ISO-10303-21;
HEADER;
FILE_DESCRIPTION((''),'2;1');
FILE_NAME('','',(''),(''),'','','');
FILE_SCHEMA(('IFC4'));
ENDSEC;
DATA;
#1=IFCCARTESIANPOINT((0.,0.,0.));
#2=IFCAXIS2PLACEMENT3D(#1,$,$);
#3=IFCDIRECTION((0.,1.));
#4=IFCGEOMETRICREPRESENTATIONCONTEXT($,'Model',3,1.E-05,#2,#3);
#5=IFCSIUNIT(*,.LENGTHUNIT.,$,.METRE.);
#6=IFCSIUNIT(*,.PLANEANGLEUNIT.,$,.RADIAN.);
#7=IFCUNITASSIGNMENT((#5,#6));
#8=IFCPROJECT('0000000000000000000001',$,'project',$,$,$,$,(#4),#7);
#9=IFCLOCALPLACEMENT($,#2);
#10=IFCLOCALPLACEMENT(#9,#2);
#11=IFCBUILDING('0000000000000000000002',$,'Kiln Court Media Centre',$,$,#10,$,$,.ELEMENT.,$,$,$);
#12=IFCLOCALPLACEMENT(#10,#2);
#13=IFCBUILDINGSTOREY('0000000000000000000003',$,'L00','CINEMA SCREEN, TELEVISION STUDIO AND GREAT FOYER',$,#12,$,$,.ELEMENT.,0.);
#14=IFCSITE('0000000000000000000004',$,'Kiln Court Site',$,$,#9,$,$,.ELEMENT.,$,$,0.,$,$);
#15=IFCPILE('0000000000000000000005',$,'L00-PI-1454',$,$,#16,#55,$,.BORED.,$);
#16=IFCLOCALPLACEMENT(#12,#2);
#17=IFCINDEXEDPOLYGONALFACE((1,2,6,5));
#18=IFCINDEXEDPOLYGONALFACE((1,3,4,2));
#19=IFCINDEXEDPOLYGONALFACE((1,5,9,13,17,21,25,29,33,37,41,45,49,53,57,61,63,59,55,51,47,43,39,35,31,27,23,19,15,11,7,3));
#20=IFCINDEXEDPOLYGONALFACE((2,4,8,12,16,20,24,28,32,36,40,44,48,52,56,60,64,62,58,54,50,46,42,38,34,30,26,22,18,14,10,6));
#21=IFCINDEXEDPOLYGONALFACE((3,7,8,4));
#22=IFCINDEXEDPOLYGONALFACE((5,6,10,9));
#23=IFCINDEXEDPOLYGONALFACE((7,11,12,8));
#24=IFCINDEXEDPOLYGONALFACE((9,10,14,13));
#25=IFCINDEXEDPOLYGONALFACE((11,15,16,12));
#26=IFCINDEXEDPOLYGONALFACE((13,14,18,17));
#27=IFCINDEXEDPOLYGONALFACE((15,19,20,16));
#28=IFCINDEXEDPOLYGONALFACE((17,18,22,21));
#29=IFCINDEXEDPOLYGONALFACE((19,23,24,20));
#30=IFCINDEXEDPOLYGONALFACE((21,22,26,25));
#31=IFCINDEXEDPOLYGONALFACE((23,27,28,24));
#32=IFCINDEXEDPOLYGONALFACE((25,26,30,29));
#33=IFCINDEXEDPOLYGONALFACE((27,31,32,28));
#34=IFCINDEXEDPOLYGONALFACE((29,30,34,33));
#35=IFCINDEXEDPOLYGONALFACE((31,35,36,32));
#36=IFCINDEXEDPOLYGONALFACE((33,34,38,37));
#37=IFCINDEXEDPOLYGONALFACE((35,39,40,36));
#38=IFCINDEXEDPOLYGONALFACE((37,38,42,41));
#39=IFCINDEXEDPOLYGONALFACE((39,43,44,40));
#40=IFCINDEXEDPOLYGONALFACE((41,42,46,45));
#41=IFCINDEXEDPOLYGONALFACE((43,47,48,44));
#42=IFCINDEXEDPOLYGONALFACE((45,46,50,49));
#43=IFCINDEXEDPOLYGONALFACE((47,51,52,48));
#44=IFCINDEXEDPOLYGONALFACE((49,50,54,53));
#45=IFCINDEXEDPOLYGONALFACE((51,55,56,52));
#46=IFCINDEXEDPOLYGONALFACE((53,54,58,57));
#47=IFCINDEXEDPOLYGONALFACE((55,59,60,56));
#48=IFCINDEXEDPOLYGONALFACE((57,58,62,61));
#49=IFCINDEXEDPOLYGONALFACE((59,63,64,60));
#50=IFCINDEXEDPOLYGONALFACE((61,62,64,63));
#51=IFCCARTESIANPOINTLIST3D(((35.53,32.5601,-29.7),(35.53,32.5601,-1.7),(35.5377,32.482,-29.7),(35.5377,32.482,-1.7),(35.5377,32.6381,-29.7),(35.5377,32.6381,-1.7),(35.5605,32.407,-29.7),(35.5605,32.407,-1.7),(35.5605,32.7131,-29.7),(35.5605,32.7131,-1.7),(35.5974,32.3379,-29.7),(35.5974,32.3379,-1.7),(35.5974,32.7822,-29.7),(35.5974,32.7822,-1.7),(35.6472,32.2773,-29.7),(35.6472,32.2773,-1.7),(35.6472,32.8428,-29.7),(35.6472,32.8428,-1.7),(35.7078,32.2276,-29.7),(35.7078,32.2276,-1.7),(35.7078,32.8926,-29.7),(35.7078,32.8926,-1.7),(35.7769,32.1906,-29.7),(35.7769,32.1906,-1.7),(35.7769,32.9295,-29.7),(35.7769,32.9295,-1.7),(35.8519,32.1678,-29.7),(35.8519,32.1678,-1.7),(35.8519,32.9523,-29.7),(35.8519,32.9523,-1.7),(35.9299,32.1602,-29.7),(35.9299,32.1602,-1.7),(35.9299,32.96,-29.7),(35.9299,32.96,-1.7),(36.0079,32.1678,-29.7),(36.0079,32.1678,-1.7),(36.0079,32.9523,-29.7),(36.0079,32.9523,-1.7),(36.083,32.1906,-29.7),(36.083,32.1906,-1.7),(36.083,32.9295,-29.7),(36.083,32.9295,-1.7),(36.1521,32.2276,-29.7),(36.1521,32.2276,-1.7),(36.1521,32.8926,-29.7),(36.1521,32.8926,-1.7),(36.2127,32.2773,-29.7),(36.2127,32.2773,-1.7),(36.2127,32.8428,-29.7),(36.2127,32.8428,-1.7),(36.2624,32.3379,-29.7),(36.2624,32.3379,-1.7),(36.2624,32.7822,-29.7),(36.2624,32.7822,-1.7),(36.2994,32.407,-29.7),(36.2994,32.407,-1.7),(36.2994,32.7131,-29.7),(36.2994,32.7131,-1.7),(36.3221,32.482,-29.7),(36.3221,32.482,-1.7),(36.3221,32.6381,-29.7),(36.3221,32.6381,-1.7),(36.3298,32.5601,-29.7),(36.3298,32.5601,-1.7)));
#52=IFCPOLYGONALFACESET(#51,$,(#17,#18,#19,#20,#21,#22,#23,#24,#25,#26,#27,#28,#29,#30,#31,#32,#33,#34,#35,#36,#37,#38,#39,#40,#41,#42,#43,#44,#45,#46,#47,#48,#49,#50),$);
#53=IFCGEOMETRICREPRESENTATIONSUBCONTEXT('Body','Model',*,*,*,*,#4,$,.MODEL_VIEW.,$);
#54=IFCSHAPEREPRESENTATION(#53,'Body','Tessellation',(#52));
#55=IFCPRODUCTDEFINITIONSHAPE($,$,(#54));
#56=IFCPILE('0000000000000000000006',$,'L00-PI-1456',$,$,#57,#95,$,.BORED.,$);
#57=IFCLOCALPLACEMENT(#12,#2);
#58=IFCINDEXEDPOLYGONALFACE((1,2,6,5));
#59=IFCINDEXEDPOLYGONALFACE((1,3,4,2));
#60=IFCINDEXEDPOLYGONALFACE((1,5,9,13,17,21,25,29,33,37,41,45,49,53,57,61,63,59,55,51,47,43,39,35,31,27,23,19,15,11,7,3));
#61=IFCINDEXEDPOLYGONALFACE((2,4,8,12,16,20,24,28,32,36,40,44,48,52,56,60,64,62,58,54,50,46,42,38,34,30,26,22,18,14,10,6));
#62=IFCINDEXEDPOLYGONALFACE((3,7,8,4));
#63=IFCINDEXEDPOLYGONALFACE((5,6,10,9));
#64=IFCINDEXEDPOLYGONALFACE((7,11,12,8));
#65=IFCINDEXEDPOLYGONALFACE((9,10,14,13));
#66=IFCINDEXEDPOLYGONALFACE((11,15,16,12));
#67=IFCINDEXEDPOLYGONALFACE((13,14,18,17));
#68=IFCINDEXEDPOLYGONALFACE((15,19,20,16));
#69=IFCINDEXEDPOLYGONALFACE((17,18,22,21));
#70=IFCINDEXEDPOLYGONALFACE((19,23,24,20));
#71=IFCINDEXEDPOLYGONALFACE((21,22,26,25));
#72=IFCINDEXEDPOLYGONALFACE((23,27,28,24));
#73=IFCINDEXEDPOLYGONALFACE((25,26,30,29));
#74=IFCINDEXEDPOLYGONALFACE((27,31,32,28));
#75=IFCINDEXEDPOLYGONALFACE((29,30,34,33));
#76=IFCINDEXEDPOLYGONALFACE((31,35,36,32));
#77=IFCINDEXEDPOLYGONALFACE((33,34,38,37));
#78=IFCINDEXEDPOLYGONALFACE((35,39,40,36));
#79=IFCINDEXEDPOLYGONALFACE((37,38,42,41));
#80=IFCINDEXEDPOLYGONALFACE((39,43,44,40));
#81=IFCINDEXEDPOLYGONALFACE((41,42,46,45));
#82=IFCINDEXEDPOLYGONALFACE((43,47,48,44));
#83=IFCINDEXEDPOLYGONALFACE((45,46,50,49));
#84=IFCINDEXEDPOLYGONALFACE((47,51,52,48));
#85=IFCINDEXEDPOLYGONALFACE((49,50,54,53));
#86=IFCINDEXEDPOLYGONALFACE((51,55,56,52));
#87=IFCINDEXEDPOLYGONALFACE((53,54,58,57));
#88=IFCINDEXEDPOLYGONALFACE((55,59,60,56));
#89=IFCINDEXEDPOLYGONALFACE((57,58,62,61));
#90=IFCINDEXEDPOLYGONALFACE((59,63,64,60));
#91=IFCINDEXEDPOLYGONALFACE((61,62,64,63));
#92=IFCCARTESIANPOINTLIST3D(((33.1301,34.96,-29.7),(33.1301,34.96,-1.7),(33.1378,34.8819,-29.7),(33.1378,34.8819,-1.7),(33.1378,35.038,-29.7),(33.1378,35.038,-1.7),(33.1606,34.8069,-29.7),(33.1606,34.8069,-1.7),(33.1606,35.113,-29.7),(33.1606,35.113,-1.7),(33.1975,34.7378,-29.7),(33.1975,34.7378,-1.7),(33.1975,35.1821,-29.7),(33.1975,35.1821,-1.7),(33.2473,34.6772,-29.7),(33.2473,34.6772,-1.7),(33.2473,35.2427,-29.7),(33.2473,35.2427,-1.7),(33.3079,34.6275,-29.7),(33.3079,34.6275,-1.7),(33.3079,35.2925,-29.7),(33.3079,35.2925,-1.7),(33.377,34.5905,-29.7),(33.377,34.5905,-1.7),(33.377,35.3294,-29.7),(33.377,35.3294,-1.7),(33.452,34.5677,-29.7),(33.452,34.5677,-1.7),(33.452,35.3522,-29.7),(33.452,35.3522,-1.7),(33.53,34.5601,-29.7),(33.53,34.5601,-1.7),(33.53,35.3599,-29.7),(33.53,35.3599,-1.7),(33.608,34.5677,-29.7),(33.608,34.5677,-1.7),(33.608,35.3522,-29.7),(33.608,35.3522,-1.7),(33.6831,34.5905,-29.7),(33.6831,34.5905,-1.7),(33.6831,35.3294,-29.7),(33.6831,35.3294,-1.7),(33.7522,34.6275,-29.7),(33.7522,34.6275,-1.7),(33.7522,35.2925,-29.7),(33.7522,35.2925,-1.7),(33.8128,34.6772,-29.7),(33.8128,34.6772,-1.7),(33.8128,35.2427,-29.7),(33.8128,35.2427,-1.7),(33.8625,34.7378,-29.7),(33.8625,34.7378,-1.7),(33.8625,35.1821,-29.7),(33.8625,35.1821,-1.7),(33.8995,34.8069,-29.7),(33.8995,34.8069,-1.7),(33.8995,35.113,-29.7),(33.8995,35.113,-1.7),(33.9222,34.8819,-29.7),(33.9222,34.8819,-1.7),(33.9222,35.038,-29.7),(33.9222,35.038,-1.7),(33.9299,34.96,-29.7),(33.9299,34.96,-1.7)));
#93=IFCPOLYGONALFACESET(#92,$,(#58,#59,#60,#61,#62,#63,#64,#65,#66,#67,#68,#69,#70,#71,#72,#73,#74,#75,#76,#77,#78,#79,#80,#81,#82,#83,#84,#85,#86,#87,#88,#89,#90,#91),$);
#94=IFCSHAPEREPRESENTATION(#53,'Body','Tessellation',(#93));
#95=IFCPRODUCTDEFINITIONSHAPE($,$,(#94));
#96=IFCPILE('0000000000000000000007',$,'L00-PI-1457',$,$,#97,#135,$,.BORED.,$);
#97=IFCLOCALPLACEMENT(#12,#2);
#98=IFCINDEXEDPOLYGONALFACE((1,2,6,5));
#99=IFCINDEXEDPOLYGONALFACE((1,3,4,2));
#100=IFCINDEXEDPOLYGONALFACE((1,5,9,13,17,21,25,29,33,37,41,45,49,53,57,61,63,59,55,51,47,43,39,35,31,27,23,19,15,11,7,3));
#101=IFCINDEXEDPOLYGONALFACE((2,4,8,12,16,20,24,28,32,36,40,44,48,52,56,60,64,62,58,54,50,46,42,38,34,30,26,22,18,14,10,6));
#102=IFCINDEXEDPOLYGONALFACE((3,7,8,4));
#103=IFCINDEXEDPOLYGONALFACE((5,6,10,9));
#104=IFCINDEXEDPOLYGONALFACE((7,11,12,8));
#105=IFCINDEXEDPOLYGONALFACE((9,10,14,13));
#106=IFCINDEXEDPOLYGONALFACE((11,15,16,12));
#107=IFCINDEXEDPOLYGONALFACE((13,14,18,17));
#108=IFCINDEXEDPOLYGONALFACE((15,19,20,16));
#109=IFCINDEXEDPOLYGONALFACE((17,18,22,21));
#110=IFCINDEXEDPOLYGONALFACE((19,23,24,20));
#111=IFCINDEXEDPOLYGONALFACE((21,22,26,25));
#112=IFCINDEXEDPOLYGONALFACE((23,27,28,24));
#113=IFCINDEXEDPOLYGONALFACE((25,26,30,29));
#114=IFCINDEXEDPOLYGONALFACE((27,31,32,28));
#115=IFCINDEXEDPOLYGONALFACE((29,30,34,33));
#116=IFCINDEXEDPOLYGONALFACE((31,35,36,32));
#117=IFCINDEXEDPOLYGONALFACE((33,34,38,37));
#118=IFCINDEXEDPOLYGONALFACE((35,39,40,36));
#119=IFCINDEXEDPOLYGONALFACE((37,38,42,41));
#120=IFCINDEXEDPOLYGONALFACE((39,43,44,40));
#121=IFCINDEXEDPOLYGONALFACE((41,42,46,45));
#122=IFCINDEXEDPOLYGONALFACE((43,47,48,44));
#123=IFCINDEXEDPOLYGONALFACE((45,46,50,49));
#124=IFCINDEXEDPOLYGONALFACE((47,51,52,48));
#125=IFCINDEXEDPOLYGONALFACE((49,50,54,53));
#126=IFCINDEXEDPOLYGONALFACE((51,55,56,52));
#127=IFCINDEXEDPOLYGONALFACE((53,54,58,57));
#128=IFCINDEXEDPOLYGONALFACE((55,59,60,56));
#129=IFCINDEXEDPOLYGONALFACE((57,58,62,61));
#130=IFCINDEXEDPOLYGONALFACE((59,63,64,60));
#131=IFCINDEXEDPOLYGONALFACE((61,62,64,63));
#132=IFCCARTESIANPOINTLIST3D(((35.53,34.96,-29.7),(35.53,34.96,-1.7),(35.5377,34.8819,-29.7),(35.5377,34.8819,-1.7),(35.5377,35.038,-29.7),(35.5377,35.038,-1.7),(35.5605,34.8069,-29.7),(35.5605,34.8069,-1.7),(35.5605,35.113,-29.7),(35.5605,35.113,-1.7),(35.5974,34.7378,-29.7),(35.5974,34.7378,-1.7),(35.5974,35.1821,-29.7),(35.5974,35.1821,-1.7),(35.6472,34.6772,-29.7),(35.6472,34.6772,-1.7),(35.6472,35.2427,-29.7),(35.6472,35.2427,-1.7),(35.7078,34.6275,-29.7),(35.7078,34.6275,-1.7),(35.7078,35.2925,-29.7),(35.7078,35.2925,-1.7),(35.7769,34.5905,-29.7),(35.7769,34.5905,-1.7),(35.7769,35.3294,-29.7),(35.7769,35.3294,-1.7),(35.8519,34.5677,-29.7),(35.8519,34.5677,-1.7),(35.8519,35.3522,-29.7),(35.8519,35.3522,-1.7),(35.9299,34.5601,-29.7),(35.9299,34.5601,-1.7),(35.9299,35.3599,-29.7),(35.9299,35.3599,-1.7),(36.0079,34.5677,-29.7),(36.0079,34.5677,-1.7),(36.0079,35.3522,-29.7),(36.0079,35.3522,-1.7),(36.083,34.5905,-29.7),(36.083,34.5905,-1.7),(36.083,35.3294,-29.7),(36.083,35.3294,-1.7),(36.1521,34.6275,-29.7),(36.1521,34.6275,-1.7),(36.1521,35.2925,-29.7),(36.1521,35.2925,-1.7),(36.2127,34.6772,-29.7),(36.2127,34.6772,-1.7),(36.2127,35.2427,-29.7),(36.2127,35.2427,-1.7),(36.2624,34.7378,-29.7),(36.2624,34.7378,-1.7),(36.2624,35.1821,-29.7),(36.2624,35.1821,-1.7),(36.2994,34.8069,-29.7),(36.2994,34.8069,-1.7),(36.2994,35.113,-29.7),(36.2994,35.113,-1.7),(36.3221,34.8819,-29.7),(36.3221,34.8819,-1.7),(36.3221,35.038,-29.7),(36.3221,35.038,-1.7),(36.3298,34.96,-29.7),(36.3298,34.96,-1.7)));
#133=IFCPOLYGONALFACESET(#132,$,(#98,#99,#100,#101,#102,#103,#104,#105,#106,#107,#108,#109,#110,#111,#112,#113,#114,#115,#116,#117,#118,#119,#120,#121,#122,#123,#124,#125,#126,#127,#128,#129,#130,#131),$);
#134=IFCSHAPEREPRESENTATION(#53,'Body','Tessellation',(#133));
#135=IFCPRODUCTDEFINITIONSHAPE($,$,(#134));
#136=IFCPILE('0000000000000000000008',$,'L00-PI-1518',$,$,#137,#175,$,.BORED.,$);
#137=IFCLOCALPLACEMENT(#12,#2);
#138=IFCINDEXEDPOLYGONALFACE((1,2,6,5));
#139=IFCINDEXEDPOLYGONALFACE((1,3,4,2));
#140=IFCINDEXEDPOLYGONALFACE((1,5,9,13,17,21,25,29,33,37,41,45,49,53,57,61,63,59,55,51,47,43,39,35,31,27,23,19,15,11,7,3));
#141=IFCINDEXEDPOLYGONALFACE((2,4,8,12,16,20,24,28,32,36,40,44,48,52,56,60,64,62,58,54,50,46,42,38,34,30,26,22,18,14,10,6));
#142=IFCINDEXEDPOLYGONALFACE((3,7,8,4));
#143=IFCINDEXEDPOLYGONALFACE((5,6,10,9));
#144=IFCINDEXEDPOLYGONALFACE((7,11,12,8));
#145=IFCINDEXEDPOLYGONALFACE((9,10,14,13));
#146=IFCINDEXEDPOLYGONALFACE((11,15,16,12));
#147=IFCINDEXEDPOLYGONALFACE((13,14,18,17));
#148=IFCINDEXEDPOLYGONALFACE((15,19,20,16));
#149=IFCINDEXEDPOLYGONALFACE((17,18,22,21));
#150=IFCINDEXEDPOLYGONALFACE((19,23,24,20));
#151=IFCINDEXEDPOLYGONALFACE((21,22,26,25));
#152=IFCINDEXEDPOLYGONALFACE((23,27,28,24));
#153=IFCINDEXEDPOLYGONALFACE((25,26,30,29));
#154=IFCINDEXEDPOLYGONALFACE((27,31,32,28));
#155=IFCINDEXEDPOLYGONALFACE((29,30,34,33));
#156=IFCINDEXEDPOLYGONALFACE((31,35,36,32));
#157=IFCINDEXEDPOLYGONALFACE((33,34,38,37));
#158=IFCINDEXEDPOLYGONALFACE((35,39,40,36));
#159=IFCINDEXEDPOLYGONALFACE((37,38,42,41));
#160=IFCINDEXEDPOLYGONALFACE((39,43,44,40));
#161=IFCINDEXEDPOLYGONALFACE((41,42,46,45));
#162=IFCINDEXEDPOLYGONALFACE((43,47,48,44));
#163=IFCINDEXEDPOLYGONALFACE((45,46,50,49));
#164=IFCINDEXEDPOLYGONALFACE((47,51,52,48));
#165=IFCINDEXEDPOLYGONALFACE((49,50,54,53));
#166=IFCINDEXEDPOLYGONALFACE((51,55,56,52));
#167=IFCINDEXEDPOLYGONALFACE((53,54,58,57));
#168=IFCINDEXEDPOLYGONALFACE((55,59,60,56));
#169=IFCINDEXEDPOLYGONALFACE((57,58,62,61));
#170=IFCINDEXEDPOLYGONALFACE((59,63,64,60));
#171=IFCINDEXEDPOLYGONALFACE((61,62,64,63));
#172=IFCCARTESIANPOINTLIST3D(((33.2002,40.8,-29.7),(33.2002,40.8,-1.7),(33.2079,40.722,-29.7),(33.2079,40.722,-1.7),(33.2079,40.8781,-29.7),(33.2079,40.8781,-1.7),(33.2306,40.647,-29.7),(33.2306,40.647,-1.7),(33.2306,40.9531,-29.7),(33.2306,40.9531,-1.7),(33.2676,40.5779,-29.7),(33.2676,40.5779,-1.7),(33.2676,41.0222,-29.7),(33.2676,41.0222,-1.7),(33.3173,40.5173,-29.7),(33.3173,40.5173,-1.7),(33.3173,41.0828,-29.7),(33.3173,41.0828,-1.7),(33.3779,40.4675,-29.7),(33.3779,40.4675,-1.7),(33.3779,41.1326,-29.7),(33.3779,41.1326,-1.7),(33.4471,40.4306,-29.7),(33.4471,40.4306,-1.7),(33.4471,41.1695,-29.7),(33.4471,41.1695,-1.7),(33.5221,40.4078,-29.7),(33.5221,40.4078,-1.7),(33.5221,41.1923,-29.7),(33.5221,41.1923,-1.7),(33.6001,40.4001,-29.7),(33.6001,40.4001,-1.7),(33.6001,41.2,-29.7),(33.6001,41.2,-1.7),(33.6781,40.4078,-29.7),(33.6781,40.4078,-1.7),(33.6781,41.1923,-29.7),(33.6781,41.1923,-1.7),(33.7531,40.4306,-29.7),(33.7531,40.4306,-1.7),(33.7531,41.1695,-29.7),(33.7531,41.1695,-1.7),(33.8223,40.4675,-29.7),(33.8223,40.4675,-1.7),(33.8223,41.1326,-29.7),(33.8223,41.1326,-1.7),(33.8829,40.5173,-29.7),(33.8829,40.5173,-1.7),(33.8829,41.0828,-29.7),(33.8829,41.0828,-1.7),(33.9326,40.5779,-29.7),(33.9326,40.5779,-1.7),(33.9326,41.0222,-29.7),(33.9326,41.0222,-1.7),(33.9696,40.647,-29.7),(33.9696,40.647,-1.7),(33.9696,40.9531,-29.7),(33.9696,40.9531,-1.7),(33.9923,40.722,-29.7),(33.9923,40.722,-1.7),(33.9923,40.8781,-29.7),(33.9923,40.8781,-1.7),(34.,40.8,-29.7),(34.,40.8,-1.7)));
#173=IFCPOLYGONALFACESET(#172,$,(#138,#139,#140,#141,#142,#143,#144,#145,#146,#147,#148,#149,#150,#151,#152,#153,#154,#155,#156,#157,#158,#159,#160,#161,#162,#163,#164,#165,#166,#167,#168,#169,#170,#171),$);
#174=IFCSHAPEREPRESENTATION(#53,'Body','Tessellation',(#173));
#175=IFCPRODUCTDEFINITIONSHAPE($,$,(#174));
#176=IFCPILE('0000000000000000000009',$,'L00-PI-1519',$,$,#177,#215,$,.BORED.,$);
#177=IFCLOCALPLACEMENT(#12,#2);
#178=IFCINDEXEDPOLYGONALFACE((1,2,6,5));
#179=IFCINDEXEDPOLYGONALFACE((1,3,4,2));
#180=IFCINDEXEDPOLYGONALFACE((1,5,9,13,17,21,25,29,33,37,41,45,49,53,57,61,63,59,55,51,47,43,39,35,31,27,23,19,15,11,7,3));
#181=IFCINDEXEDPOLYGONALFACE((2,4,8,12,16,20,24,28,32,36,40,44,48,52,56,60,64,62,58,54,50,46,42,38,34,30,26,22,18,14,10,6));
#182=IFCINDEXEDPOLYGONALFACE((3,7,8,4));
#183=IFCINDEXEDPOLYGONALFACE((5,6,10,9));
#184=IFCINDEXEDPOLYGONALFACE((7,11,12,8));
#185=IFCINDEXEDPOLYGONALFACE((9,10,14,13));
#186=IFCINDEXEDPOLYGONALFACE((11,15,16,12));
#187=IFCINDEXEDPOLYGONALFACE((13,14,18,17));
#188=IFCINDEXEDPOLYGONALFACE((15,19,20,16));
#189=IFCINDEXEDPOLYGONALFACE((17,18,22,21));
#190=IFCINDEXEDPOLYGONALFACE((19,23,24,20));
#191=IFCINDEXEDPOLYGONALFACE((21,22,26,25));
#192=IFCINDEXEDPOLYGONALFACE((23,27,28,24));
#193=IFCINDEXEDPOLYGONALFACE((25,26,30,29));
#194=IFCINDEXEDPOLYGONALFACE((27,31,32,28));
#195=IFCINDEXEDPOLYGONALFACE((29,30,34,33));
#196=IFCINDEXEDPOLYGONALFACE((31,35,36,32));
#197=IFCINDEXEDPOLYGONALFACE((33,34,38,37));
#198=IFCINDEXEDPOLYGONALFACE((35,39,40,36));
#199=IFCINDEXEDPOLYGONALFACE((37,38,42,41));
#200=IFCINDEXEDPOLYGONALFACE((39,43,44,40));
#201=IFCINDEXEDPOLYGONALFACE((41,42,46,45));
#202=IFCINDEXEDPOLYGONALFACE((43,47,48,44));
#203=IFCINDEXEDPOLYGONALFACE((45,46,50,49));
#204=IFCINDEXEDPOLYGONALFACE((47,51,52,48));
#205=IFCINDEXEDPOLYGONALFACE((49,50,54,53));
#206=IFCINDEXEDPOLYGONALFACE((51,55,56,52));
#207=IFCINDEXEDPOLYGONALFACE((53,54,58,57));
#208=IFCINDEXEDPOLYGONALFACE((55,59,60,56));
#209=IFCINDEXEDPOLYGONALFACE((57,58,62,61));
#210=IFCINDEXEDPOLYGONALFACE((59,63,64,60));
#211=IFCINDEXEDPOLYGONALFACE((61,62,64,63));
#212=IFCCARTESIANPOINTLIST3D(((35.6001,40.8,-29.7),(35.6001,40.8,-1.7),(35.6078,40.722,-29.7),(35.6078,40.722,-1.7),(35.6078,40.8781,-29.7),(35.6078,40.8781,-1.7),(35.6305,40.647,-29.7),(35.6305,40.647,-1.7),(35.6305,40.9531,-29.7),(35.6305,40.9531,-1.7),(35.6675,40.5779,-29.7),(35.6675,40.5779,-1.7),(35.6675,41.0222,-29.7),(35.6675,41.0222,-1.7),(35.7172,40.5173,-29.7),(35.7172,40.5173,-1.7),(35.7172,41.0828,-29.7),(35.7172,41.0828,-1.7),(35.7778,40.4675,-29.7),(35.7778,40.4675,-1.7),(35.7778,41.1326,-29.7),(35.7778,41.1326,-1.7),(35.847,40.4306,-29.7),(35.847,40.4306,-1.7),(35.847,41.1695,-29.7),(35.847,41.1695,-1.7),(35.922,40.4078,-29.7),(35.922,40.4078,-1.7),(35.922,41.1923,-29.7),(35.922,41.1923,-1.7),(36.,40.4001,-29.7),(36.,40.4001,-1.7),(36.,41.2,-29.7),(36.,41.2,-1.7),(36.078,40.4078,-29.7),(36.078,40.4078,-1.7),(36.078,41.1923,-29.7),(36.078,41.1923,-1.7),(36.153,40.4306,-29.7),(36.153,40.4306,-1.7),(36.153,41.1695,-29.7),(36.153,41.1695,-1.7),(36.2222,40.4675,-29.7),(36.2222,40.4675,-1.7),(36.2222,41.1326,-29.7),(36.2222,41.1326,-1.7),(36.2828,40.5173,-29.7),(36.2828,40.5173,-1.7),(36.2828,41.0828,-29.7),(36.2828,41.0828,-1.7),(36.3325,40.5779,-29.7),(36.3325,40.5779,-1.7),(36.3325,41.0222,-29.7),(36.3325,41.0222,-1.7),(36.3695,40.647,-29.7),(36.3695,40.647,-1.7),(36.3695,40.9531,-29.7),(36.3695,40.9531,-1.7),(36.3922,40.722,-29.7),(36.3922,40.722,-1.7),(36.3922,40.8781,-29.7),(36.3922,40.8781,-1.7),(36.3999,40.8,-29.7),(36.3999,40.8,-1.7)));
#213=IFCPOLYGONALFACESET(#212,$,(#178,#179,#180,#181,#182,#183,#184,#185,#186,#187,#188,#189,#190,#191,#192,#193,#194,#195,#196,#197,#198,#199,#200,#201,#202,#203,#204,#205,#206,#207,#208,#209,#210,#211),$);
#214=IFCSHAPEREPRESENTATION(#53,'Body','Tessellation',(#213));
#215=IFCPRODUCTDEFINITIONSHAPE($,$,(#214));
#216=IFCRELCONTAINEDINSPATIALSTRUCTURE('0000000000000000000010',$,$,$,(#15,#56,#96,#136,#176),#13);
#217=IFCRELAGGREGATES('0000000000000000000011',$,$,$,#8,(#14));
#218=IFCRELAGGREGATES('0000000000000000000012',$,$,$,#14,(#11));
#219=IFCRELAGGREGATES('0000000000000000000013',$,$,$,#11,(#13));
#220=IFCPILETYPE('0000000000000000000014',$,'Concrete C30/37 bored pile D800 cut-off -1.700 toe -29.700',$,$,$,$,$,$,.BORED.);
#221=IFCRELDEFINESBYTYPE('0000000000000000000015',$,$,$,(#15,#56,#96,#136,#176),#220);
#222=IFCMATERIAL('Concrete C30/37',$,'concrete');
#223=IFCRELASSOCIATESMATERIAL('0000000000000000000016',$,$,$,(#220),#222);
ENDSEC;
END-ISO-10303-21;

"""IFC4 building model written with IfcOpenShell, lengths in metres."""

from ifc_helpers import new_model, si_unit, direction, frame, origin, origin_2d, place, context, subcontext, project, spatial, circle, extrude, material, material_profile, profile_set, type_object, element, save


model = new_model("IFC4")

# Units and contexts
model_context = context("Model", 3, precision=1e-05, world=origin(), true_north=direction((0.0, 1.0)))
body_context = subcontext(model_context, "Body", "Model", "MODEL_VIEW")
ifc_project = project(units=[si_unit("LENGTHUNIT", "METRE"), si_unit("PLANEANGLEUNIT", "RADIAN")], contexts=[model_context])

# Site, building, storey
site_placement = place(None, origin())
site = spatial("IfcSite", under=ifc_project, at=site_placement, Name="Kiln Court Site", CompositionType="ELEMENT", RefElevation=0.0)
building_placement = place(site_placement, origin())
building = spatial("IfcBuilding", under=site, at=building_placement, Name="Kiln Court Media Centre", CompositionType="ELEMENT")
storey_placement = place(building_placement, origin())
storey = spatial("IfcBuildingStorey", under=building, at=storey_placement, Name="L00", Description="CINEMA SCREEN, TELEVISION STUDIO AND GREAT FOYER", CompositionType="ELEMENT", Elevation=0.0)

# Piles
ifc_material_1 = material(Name="Concrete C30/37", Category="concrete")
ifc_material_profile_1 = material_profile(ifc_material_1, circle(Radius=0.3999, at=origin_2d()), Name="PILE D800")
ifc_profile_set_1 = profile_set([ifc_material_profile_1], Name="Concrete C30/37")
pile_type_1 = type_object("IfcPileType", Name="Concrete C30/37 bored pile D800 cut-off -1.700 toe -29.700", PredefinedType="BORED", material=ifc_profile_set_1)
for number, where, z_axis, x_axis, name in (
    (1, (35.9299, 32.5601, -1.7), (0.0, 0.0, -1.0), (1.0, 0.0, 0.0), "L00-PI-1454"),
    (2, (33.53, 34.96, -1.7), (0.0, 0.0, -1.0), (1.0, 0.0, 0.0), "L00-PI-1456"),
    (3, (35.9299, 34.96, -1.7), (0.0, 0.0, -1.0), (1.0, 0.0, 0.0), "L00-PI-1457"),
    (4, (33.6001, 40.8, -1.7), (0.0, 0.0, -1.0), (1.0, 0.0, 0.0), "L00-PI-1518"),
    (5, (36.0, 40.8, -1.7), (0.0, 0.0, -1.0), (1.0, 0.0, 0.0), "L00-PI-1519"),
):
    element("IfcPile", number, at=place(storey_placement, frame(where, z_axis=z_axis, x_axis=x_axis)), inside=storey, type_object=pile_type_1, Name=name, PredefinedType="BORED", context=body_context, shape_type="SweptSolid", body=[
        extrude(circle(Radius=0.3999, at=origin_2d()), origin(), (0.0, 0.0, 1.0), 28.0),
    ])

save(model, "model.ifc")
